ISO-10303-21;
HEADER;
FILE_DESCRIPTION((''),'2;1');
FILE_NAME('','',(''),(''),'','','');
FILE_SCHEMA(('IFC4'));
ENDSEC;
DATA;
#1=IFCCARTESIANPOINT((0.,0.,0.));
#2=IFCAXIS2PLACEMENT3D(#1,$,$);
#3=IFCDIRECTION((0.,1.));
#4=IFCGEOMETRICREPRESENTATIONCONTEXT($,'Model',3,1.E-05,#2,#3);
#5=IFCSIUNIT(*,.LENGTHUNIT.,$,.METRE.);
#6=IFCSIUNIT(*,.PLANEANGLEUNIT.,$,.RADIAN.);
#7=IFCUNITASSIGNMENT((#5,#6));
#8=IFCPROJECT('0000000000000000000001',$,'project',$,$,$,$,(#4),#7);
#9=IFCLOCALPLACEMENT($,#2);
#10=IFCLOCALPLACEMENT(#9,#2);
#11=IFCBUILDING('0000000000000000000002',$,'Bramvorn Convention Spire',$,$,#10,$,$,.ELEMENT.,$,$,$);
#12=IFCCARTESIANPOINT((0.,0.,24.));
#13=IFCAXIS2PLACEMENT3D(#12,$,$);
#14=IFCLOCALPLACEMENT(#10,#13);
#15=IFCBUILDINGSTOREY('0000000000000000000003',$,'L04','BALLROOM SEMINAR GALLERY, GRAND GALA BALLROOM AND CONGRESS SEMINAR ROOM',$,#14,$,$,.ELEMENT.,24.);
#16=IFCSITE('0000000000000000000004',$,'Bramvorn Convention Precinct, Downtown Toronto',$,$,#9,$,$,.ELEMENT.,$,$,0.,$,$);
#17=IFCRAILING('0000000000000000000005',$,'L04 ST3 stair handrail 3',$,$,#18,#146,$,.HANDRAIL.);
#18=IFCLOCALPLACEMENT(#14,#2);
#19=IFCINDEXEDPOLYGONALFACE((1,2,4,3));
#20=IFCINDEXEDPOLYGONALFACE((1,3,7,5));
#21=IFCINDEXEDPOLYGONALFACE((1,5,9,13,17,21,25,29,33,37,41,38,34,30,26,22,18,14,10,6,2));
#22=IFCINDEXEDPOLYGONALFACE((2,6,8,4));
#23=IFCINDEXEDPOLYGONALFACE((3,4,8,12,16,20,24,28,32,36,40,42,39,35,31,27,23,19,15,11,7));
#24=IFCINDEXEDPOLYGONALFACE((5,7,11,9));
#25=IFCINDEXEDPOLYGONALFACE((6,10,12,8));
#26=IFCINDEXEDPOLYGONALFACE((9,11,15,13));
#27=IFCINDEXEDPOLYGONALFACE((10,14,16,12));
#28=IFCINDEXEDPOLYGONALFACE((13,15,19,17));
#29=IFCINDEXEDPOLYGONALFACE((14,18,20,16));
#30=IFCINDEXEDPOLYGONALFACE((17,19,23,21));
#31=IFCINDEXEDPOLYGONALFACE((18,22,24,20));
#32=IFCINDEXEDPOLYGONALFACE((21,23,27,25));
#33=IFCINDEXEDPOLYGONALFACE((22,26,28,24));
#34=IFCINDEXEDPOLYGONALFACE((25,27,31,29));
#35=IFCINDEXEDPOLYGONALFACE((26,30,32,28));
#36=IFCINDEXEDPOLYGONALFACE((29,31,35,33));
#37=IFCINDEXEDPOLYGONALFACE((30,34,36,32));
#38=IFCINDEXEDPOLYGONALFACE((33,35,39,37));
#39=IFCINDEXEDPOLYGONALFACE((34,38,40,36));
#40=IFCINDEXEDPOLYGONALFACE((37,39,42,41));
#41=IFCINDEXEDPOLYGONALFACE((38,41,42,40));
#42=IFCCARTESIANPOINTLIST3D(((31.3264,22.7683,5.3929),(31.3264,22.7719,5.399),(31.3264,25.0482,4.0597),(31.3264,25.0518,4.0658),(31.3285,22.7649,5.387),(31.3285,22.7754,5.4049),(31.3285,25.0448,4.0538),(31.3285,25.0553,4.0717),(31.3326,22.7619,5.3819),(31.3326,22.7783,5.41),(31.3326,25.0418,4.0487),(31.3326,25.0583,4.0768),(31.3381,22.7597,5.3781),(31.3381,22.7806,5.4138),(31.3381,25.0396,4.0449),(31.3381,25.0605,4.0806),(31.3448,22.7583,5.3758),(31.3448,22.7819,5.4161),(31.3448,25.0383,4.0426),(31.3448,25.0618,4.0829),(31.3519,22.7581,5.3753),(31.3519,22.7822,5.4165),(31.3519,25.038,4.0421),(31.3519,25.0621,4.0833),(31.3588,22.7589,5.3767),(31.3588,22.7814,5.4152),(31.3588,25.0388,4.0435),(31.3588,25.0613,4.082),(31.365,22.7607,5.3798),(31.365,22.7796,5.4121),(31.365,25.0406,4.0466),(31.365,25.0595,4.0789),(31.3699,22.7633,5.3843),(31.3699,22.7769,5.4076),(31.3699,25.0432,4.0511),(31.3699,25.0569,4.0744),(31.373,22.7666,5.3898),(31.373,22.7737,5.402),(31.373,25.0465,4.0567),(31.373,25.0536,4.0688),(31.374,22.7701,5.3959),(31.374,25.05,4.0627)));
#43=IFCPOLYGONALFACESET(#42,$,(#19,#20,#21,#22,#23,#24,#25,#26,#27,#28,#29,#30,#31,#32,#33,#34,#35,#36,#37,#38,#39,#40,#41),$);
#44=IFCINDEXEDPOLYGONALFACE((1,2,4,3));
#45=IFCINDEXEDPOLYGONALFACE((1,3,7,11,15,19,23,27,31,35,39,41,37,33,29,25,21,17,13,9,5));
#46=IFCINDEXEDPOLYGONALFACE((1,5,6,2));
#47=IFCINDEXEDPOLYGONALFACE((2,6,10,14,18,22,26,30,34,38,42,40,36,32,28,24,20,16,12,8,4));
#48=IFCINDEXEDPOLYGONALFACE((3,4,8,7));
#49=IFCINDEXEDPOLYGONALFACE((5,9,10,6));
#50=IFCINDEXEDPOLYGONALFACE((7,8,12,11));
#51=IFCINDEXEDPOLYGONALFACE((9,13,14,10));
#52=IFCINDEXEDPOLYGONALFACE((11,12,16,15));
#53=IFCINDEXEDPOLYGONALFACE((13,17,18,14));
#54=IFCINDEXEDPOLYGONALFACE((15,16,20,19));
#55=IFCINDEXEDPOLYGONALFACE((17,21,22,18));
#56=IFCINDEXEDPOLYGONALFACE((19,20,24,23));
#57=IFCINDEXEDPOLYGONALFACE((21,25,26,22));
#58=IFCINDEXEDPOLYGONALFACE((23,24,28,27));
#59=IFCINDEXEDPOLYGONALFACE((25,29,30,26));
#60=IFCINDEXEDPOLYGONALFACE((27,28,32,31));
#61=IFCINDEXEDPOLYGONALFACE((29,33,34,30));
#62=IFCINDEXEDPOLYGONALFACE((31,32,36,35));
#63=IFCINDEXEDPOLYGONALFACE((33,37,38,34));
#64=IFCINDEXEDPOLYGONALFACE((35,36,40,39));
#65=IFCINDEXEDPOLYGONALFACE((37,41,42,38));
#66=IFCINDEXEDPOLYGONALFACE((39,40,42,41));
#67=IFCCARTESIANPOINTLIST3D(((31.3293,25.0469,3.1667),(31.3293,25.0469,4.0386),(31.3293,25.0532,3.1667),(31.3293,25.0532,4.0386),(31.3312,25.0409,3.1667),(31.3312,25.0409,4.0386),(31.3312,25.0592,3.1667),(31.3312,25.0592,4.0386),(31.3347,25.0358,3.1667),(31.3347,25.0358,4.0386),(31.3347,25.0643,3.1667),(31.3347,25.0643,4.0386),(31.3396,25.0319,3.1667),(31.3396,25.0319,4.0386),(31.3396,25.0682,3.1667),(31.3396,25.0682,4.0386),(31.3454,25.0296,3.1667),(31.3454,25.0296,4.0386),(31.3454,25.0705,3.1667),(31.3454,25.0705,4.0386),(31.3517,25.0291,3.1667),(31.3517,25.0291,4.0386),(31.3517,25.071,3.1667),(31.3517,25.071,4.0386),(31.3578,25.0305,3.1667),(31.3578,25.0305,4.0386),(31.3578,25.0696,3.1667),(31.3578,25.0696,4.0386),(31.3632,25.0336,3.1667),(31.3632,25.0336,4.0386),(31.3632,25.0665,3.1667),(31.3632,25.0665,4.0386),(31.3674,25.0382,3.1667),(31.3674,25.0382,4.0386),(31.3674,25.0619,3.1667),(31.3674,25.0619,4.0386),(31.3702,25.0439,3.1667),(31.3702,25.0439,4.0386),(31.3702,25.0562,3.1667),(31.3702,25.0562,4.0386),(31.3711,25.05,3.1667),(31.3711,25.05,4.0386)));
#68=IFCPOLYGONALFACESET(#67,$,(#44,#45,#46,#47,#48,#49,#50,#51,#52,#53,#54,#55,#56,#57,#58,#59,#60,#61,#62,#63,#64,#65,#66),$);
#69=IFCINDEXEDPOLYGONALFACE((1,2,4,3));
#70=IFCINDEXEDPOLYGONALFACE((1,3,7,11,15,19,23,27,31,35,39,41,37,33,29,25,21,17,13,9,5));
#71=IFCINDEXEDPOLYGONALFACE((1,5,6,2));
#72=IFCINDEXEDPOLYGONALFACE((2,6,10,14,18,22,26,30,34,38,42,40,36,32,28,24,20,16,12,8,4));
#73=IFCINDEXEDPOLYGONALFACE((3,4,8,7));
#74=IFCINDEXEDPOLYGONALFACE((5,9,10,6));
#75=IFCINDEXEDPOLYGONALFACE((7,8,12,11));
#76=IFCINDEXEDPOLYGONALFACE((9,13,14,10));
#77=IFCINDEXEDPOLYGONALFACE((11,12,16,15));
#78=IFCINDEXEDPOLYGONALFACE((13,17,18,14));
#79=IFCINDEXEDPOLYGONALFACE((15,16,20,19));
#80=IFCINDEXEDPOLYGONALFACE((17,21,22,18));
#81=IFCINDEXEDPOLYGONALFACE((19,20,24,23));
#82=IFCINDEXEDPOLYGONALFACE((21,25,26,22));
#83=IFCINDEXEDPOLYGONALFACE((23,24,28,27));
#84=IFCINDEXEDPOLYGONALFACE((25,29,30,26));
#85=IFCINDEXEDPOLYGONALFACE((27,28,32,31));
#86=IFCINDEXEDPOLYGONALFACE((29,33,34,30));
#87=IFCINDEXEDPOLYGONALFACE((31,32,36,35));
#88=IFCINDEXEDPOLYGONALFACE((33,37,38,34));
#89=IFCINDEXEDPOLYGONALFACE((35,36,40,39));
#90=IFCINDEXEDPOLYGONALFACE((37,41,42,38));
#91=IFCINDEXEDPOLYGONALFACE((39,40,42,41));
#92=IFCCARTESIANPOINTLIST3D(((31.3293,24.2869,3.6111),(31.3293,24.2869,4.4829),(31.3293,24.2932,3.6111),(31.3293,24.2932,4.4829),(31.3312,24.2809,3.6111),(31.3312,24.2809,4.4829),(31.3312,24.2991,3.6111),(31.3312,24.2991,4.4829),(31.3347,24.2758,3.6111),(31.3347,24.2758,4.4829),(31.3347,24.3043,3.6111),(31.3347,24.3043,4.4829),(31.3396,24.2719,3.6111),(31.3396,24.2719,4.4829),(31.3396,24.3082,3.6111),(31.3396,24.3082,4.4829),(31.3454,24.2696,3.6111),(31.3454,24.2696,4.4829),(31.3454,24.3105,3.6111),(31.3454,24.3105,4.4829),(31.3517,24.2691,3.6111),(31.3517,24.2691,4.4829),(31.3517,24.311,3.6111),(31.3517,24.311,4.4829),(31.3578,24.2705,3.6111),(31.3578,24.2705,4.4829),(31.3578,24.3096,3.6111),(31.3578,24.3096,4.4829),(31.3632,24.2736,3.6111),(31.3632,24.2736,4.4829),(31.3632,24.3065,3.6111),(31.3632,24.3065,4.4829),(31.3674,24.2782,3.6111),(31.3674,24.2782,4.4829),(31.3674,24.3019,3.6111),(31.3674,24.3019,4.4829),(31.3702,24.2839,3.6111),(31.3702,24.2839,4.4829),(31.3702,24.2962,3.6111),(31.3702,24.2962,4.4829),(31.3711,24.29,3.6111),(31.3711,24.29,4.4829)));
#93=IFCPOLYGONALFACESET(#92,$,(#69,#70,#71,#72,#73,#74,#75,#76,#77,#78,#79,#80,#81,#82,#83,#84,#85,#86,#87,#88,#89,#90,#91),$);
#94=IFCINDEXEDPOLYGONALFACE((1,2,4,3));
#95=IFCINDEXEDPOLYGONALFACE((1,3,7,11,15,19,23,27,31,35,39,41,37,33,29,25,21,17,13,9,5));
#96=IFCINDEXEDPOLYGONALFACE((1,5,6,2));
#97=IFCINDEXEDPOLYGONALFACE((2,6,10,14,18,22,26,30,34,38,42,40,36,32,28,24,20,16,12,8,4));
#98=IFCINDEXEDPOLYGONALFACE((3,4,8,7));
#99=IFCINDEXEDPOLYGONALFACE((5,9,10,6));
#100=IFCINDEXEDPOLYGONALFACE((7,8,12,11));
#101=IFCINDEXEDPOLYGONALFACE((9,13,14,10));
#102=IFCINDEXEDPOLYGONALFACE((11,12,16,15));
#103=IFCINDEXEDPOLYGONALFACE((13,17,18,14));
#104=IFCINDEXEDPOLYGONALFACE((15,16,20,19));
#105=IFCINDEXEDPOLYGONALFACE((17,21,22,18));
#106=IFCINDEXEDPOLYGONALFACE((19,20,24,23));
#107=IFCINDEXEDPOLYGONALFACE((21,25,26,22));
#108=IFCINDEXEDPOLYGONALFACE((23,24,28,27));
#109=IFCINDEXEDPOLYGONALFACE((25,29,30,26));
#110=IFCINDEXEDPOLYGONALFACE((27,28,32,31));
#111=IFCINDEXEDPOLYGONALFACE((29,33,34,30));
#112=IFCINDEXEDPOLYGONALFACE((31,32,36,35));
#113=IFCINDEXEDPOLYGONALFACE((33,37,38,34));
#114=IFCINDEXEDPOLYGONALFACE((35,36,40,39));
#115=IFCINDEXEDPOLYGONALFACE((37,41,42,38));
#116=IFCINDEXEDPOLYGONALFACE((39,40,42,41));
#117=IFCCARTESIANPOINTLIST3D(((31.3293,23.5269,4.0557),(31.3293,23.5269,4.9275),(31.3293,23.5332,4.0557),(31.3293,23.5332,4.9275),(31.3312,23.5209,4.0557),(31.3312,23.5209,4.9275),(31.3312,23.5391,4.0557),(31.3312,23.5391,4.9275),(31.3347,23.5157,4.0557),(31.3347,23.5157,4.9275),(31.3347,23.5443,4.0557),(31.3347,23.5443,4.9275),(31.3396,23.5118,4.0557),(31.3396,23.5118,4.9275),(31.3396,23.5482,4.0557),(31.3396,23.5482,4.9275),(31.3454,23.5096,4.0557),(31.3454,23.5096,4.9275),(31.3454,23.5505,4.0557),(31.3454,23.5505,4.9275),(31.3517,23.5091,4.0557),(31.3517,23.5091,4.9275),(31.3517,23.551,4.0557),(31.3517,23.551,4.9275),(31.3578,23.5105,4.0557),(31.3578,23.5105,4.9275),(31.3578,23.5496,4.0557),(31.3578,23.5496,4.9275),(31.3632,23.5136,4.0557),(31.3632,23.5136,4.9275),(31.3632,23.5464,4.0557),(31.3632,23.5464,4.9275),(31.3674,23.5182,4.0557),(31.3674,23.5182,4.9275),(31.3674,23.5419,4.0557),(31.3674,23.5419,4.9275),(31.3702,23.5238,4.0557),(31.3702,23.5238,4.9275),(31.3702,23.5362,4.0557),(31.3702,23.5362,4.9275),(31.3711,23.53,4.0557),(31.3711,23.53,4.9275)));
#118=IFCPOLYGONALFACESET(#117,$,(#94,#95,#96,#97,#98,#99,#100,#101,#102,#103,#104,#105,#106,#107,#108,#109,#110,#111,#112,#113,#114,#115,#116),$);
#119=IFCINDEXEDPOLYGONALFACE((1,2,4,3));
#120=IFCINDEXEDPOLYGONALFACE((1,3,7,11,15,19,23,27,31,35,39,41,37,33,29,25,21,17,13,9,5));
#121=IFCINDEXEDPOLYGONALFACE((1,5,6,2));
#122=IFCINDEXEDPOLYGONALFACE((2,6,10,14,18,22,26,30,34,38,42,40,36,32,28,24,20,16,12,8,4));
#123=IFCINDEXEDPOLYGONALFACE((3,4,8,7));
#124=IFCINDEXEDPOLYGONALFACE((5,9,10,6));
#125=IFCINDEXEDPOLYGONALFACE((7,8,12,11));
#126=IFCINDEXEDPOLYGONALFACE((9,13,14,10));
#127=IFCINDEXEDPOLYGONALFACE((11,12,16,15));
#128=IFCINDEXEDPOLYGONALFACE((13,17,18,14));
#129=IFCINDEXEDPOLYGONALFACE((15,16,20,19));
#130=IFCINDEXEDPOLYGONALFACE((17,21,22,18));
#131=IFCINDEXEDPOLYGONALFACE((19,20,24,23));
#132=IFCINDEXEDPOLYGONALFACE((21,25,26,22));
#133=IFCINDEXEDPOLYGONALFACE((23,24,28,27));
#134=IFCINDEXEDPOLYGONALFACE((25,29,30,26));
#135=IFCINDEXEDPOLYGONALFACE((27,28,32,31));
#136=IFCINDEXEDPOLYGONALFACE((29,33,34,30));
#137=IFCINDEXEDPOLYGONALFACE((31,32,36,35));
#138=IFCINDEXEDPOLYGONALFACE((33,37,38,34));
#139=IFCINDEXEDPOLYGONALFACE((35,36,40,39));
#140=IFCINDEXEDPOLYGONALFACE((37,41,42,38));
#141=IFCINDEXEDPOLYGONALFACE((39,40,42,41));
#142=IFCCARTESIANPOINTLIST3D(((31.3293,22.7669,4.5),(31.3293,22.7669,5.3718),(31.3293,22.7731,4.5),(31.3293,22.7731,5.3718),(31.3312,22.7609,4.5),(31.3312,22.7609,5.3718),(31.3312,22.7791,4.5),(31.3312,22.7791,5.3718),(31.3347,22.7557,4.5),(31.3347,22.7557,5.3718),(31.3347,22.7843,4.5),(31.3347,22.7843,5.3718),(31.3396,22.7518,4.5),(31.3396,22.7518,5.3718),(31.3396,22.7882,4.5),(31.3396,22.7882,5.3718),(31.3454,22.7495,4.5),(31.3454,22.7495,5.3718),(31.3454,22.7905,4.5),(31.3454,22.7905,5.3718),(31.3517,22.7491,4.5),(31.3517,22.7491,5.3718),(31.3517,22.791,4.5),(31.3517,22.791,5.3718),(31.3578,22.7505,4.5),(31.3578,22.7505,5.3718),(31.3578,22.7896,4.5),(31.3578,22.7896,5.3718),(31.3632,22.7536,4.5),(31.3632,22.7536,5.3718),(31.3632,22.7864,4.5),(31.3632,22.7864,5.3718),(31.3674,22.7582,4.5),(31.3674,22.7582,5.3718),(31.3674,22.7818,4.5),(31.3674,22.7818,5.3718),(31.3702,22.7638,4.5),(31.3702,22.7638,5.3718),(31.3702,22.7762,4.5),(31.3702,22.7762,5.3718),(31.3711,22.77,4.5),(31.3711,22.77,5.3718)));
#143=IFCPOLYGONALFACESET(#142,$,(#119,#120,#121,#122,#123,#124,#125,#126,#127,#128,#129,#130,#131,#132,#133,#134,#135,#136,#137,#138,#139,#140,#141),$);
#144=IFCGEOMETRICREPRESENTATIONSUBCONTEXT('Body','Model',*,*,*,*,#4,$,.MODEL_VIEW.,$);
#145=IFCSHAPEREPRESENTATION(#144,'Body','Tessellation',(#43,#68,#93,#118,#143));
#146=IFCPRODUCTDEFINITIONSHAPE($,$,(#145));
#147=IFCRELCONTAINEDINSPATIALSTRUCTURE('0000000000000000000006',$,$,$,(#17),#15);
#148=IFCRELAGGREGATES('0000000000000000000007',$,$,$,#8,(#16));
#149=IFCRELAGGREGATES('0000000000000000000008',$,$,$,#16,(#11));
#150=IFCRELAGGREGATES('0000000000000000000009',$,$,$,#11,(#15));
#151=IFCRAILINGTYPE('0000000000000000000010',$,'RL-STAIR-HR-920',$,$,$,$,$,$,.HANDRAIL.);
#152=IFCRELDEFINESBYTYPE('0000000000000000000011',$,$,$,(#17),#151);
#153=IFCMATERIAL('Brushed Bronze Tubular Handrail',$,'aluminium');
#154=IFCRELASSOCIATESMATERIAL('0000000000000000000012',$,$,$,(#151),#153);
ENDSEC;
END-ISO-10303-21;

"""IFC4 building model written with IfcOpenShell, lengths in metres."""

from ifc_helpers import new_model, si_unit, direction, frame, origin, origin_2d, place, context, subcontext, project, spatial, circle, extrude, material, type_object, element, save


model = new_model("IFC4")

# Units and contexts
model_context = context("Model", 3, precision=1e-05, world=origin(), true_north=direction((0.0, 1.0)))
body_context = subcontext(model_context, "Body", "Model", "MODEL_VIEW")
ifc_project = project(units=[si_unit("LENGTHUNIT", "METRE"), si_unit("PLANEANGLEUNIT", "RADIAN")], contexts=[model_context])

# Site, building, storey
site_placement = place(None, origin())
site = spatial("IfcSite", under=ifc_project, at=site_placement, Name="Bramvorn Convention Precinct, Downtown Toronto", CompositionType="ELEMENT", RefElevation=0.0)
building_placement = place(site_placement, origin())
building = spatial("IfcBuilding", under=site, at=building_placement, Name="Bramvorn Convention Spire", CompositionType="ELEMENT")
storey_placement = place(building_placement, frame((0.0, 0.0, 24.0)))
storey = spatial("IfcBuildingStorey", under=building, at=storey_placement, Name="L04", Description="BALLROOM SEMINAR GALLERY, GRAND GALA BALLROOM AND CONGRESS SEMINAR ROOM", CompositionType="ELEMENT", Elevation=24.0)

# Railing
ifc_material_1 = material(Name="Brushed Bronze Tubular Handrail", Category="aluminium")
railing_type_1 = type_object("IfcRailingType", Name="RL-STAIR-HR-920", PredefinedType="HANDRAIL", material=ifc_material_1)
for number, where, name in (
    (1, (31.3501, 25.05, 3.1667), "L04 ST3 stair handrail 3"),
):
    element("IfcRailing", number, at=place(storey_placement, frame(where)), inside=storey, type_object=railing_type_1, Name=name, PredefinedType="HANDRAIL", context=body_context, shape_type="SweptSolid", body=[
        extrude(circle(Radius=0.0239, at=origin_2d()), frame((0.0, 0.0, 0.896), z_axis=(0.0, -0.863245, 0.504785), x_axis=(1.0, 0.0, 0.0)), (0.0, 0.0, 1.0), 2.6411),
        extrude(circle(Radius=0.021, at=origin_2d()), origin(), (0.0, 0.0, 1.0), 0.8718),
        extrude(circle(Radius=0.021, at=origin_2d()), frame((0.0, -0.76, 0.4443)), (0.0, 0.0, 1.0), 0.8718),
        extrude(circle(Radius=0.021, at=origin_2d()), frame((0.0, -1.52, 0.8889)), (0.0, 0.0, 1.0), 0.8718),
        extrude(circle(Radius=0.021, at=origin_2d()), frame((0.0, -2.28, 1.3333)), (0.0, 0.0, 1.0), 0.8718),
    ])

save(model, "model.ifc")
